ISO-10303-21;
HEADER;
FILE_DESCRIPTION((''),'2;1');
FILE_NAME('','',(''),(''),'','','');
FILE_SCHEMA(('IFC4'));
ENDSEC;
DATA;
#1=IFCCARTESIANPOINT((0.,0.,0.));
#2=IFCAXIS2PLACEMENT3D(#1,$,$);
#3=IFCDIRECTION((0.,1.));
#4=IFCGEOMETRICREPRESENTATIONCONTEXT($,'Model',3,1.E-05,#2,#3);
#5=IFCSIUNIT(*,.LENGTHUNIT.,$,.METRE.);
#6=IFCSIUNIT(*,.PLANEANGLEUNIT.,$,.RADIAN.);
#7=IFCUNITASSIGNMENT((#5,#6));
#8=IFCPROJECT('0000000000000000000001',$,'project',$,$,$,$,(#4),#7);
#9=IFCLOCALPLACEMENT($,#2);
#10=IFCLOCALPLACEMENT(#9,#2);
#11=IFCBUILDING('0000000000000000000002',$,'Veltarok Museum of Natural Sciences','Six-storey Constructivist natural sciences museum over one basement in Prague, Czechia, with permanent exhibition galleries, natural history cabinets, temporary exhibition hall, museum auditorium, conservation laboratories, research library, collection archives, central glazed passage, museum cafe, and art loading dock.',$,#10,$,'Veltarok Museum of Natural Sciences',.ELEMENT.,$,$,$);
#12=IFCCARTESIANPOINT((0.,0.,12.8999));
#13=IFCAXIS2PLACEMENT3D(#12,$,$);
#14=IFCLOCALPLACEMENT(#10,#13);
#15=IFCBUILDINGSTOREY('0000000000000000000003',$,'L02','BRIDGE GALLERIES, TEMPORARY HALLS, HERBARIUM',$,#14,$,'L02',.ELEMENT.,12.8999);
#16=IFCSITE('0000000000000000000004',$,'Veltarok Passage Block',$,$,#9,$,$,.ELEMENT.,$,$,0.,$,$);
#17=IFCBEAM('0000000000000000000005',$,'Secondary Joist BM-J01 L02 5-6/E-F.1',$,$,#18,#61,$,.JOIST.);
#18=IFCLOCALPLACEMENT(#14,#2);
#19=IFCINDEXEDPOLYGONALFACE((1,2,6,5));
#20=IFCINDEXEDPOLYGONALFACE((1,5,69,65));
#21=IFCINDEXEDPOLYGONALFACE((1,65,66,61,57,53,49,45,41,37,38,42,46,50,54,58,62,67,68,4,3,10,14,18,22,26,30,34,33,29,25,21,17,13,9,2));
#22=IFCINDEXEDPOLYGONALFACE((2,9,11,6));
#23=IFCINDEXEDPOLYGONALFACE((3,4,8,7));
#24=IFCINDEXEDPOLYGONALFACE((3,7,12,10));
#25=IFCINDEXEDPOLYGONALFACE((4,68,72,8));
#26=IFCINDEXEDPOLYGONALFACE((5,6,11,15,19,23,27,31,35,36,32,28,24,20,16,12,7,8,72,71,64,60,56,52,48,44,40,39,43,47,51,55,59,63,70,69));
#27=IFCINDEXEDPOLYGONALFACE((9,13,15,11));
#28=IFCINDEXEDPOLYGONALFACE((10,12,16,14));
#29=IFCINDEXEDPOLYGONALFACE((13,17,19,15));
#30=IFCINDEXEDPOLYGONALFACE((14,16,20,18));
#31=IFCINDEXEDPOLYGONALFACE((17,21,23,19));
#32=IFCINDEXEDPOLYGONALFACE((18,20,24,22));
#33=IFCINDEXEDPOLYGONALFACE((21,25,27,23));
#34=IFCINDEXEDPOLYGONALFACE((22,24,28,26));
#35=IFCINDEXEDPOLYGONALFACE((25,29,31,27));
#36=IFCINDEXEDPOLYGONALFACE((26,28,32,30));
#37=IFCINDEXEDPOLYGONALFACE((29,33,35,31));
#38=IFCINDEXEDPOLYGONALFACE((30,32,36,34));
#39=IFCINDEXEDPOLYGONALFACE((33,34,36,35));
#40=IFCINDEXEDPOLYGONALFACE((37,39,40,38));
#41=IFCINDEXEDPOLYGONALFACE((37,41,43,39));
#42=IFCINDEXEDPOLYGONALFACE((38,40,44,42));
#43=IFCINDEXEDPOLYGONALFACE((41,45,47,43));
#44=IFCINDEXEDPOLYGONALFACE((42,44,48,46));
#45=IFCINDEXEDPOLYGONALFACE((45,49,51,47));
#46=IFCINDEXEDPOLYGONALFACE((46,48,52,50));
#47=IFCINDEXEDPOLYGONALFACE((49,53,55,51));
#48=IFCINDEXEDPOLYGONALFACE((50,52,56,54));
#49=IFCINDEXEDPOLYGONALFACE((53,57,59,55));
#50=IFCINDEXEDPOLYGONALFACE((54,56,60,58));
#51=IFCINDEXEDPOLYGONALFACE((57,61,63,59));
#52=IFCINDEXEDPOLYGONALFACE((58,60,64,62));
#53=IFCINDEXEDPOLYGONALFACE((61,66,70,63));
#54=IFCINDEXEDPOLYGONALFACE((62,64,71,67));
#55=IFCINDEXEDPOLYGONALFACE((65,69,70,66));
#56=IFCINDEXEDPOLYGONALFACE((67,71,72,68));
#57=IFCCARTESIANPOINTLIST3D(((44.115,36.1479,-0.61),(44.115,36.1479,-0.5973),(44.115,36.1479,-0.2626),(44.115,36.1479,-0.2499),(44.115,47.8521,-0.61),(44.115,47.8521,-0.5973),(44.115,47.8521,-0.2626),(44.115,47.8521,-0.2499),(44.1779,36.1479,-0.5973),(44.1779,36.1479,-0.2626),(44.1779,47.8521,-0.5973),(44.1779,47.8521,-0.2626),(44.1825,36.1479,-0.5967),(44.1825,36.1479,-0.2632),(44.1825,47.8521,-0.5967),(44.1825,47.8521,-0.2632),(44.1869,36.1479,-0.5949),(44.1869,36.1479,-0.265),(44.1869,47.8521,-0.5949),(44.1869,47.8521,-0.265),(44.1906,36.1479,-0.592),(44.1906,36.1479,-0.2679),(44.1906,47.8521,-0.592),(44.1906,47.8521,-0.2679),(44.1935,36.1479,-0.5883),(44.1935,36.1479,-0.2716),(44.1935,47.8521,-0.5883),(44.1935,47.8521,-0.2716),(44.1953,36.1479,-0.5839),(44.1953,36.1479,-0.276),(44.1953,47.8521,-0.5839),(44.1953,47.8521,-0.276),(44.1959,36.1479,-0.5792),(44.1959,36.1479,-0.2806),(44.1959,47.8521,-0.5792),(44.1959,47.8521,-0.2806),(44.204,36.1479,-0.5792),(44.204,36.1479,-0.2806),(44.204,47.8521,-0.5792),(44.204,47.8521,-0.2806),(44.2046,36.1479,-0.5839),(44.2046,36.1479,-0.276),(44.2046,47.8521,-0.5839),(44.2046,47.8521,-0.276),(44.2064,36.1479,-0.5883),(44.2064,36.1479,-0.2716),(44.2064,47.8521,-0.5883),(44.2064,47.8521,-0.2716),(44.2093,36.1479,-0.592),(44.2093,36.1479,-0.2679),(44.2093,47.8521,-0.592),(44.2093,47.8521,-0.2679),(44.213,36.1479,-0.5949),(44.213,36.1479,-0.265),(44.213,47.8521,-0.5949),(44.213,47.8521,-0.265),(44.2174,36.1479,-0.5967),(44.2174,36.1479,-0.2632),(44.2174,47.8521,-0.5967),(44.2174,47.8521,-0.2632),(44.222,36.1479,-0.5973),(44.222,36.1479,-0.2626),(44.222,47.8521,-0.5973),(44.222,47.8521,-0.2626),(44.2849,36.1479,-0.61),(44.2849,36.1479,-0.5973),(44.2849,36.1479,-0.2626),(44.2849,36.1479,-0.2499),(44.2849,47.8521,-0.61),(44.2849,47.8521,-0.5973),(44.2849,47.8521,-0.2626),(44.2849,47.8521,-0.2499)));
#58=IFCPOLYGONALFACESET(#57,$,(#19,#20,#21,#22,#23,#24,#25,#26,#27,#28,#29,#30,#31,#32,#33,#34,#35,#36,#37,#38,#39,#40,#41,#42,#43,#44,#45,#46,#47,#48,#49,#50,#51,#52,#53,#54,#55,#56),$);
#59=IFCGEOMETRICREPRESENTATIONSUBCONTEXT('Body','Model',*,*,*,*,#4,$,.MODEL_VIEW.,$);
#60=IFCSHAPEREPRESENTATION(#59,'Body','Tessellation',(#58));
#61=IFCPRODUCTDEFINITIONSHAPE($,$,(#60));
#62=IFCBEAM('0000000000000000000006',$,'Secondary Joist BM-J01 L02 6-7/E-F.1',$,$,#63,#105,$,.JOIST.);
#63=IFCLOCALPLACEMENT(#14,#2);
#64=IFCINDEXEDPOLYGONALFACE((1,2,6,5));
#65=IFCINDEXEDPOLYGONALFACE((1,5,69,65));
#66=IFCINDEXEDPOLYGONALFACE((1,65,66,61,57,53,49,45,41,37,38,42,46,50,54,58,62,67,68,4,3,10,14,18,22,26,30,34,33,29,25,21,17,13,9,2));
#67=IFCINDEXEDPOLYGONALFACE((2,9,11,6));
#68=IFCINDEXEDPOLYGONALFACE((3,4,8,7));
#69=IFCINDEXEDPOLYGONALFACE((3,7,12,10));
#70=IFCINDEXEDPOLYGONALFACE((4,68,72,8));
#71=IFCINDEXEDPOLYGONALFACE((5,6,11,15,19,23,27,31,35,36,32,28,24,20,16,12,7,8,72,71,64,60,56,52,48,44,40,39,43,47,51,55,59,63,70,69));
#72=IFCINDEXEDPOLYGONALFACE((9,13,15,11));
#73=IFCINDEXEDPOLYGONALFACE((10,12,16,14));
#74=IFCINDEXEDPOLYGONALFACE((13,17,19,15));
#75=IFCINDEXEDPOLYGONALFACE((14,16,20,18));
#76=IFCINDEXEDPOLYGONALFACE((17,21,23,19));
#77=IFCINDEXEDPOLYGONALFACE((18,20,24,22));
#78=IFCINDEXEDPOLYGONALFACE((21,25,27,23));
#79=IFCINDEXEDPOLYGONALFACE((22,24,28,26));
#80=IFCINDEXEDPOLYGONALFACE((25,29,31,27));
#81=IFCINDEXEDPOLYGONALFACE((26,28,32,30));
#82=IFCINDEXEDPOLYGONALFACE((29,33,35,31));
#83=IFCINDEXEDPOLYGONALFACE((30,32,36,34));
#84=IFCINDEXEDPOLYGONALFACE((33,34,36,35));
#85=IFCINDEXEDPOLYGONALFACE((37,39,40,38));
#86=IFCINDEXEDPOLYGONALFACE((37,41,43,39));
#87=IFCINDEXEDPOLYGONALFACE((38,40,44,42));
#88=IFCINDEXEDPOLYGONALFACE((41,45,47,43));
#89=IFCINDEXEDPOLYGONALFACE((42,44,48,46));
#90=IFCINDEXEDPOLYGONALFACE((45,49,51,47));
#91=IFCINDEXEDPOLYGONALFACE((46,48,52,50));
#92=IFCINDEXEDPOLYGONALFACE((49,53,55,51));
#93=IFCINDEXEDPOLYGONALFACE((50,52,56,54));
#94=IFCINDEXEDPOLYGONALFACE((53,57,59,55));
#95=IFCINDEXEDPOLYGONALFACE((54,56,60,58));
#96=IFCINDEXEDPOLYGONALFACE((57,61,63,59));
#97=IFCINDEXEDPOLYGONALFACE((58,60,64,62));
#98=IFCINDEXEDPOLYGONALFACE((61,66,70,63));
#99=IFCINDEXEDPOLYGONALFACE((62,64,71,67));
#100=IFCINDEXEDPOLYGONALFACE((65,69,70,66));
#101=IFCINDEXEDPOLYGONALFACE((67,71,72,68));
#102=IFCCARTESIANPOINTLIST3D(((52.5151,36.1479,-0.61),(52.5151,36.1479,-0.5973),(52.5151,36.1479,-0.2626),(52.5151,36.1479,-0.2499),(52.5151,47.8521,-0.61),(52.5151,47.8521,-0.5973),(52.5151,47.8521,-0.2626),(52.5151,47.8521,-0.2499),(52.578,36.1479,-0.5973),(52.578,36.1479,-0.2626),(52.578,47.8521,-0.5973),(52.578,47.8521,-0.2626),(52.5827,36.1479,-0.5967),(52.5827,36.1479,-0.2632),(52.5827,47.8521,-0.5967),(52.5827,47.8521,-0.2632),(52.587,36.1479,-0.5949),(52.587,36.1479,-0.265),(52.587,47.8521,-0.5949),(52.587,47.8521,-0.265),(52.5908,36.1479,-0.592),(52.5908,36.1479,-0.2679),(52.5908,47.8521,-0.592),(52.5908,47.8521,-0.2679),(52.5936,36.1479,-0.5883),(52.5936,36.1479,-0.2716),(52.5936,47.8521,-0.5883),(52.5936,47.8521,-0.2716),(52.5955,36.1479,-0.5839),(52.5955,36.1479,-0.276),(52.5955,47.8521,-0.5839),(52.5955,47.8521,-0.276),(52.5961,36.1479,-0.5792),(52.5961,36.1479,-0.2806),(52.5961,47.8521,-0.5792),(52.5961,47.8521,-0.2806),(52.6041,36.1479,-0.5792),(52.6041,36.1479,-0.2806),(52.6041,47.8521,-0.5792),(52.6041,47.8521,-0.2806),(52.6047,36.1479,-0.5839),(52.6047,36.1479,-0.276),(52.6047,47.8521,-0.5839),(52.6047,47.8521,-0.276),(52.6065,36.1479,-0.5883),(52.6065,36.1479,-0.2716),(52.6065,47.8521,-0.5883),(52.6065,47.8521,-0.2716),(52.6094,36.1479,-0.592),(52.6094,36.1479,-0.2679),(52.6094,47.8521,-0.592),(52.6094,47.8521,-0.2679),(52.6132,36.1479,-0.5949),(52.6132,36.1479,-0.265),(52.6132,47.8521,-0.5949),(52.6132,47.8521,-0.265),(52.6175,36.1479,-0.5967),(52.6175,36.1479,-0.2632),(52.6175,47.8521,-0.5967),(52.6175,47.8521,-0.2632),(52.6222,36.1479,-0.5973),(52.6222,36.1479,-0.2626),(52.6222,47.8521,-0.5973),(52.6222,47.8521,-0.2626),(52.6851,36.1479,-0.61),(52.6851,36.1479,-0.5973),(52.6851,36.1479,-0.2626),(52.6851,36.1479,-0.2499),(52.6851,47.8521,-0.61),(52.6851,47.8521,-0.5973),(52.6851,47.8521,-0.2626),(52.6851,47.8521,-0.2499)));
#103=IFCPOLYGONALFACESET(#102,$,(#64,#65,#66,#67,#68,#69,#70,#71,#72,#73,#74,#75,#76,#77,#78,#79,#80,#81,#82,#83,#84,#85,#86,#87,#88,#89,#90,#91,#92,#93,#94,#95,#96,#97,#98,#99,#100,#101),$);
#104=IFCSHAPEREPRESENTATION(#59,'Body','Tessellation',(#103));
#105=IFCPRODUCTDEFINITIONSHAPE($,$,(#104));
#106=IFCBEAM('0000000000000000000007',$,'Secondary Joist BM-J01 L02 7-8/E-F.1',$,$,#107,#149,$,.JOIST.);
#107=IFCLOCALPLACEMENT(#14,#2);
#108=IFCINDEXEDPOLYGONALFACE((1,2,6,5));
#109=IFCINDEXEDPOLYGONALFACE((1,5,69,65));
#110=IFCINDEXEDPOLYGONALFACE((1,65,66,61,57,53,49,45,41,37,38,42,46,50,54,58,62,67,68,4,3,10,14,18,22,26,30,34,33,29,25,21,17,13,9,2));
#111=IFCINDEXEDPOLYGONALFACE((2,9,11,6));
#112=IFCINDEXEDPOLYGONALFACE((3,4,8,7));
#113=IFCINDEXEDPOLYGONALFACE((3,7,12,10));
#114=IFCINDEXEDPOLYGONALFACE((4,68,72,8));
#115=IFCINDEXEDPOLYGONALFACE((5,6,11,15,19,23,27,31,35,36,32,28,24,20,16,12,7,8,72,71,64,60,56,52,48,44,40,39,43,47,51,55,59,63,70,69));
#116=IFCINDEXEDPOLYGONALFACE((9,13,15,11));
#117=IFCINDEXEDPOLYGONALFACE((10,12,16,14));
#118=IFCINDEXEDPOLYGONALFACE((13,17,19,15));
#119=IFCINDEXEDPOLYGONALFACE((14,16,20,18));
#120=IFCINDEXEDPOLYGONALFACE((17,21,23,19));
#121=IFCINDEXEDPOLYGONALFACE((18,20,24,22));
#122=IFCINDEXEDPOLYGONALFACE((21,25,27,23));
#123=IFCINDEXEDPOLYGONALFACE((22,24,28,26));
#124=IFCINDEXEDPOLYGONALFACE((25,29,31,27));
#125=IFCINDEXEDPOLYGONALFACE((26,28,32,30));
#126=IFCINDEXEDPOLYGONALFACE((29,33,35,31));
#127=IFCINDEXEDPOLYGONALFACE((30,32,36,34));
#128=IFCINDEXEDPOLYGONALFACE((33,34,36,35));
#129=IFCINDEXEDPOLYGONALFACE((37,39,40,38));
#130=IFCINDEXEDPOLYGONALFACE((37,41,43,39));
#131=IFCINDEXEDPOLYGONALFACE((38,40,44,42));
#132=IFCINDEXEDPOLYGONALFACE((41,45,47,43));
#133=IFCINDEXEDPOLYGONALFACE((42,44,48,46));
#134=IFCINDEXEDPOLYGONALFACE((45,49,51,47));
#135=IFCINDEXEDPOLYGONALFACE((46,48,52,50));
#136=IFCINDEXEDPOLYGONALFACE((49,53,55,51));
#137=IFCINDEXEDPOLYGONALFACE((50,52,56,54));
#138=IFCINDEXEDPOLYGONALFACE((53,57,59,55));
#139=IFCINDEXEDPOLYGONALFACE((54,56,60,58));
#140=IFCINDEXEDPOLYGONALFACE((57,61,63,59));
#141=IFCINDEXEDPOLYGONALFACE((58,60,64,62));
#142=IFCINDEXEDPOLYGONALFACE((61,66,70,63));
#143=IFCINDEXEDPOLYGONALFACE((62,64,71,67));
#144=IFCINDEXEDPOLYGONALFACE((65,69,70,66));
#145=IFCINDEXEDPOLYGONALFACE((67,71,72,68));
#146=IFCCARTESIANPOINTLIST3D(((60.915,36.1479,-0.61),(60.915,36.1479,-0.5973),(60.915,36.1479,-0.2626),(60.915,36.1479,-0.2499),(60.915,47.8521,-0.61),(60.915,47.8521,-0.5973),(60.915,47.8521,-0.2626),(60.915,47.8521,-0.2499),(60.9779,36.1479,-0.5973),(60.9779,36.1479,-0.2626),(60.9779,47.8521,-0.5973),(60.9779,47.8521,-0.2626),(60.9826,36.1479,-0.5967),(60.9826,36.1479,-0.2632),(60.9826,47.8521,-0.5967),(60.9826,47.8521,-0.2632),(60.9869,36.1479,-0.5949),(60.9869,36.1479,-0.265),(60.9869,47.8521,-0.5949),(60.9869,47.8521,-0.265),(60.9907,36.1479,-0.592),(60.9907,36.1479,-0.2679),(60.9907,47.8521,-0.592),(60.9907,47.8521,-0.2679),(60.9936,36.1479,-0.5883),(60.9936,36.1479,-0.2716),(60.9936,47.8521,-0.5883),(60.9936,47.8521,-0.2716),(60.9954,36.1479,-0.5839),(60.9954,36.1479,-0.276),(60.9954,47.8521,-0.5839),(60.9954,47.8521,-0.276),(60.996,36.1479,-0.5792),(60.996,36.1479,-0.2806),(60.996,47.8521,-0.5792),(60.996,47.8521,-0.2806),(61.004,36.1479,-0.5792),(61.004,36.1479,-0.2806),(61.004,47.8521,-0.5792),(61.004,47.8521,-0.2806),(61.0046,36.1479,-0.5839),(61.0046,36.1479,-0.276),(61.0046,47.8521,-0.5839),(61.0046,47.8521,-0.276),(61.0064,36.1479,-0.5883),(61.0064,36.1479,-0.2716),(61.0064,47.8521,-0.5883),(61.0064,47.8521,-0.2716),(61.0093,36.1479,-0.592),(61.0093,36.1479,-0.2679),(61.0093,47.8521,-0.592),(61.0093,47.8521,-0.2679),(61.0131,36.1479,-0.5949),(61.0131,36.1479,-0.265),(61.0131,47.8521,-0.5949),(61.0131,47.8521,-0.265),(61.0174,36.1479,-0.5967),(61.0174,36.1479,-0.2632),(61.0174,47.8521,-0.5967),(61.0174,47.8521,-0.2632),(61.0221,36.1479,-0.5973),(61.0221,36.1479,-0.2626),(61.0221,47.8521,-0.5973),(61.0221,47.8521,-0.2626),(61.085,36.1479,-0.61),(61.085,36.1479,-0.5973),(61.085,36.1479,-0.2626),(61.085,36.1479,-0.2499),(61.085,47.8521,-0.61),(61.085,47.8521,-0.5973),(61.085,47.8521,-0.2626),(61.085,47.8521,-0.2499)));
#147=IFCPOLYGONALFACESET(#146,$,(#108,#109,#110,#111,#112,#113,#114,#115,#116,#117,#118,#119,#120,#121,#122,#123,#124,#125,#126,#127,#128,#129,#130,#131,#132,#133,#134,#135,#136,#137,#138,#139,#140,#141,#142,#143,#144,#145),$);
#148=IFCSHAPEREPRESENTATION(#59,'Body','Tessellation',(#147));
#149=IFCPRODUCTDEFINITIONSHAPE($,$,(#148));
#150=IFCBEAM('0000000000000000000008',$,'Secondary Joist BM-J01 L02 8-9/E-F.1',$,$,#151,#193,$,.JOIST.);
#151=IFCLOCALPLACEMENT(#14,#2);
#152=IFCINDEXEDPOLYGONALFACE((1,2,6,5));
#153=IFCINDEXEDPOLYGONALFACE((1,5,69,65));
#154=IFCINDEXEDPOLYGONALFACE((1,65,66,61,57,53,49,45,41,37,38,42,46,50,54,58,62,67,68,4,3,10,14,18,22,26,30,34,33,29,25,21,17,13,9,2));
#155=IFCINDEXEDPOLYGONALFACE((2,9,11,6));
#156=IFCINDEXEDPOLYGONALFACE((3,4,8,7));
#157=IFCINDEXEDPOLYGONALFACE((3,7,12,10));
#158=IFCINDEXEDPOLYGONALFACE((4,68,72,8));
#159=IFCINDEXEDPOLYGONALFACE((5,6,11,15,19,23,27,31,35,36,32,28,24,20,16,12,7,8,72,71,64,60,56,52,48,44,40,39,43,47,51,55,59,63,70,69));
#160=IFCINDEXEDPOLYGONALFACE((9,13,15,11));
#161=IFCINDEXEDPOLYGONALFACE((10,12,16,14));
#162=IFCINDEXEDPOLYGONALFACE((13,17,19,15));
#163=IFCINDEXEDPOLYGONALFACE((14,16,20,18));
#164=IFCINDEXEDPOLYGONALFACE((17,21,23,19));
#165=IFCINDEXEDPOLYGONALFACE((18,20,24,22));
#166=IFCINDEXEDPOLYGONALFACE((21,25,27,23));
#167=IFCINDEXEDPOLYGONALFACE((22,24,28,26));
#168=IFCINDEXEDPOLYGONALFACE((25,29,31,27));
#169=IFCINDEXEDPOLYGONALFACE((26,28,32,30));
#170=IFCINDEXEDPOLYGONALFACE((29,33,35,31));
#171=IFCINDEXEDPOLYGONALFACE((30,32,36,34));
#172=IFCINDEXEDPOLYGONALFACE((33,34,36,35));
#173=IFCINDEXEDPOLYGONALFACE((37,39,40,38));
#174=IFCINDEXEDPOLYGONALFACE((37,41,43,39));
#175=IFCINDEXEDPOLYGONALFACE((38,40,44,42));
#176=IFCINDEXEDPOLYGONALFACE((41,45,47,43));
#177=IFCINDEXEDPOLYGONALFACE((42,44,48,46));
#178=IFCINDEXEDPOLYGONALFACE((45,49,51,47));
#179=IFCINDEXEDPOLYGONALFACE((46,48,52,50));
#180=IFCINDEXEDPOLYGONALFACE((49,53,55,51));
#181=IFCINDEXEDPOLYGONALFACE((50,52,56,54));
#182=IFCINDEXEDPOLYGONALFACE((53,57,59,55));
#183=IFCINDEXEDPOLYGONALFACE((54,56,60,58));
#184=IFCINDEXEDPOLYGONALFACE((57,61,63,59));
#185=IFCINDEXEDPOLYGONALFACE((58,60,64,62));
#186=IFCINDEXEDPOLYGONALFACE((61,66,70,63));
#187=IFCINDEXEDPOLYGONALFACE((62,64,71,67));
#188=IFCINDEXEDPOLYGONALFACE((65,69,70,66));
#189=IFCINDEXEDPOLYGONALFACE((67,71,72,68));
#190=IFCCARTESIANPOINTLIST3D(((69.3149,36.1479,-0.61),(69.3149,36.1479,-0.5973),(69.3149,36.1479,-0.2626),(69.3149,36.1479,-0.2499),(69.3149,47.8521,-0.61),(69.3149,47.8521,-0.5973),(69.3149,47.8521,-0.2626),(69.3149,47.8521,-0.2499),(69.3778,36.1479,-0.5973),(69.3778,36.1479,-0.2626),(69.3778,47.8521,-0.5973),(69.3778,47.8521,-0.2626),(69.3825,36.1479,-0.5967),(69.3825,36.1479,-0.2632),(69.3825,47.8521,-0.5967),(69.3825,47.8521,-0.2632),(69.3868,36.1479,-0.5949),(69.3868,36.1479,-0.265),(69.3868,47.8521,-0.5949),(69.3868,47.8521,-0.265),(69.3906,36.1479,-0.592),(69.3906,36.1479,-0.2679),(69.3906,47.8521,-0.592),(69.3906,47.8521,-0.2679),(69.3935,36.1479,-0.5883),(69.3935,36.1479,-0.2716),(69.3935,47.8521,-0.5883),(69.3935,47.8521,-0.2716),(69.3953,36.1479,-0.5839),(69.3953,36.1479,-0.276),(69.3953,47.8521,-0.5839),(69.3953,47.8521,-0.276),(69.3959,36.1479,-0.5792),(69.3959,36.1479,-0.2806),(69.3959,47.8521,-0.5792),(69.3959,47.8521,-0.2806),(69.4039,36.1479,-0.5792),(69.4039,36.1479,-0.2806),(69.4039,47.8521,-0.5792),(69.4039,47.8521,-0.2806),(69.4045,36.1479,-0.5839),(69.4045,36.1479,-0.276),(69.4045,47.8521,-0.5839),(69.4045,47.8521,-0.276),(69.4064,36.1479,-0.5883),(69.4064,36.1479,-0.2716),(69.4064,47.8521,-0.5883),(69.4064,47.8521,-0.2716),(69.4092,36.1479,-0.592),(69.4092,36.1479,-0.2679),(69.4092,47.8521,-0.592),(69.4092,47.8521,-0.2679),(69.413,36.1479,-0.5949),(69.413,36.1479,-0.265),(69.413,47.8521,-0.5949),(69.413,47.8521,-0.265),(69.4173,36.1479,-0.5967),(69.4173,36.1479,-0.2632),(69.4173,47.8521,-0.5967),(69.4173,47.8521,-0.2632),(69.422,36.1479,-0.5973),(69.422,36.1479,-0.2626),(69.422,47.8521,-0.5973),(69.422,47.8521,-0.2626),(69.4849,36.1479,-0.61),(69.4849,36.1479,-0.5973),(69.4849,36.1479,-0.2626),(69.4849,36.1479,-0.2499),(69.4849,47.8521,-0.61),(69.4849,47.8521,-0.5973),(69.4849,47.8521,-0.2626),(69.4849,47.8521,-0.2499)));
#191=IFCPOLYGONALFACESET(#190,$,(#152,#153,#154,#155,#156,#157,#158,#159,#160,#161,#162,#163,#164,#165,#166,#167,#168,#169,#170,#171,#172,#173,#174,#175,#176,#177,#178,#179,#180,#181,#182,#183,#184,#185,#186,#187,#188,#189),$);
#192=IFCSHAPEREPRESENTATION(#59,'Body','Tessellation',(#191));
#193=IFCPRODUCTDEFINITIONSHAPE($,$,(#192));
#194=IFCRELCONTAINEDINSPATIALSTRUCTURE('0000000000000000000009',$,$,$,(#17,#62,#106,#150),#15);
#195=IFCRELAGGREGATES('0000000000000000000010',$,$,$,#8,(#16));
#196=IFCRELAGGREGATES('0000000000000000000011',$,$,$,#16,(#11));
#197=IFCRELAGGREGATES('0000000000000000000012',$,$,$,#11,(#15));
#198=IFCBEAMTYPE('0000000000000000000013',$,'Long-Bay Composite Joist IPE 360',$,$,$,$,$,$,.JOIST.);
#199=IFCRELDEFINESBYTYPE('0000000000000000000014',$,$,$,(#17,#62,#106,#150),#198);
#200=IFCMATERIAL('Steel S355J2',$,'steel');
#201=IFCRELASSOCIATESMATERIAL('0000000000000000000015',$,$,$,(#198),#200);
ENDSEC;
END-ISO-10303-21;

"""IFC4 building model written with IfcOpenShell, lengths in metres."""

from ifc_helpers import new_model, si_unit, direction, frame, origin, origin_2d, place, context, subcontext, project, spatial, i_section, extrude, material, material_profile, profile_set, type_object, element, save


model = new_model("IFC4")

# Units and contexts
model_context = context("Model", 3, precision=1e-05, world=origin(), true_north=direction((0.0, 1.0)))
body_context = subcontext(model_context, "Body", "Model", "MODEL_VIEW")
ifc_project = project(units=[si_unit("LENGTHUNIT", "METRE"), si_unit("PLANEANGLEUNIT", "RADIAN")], contexts=[model_context])

# Site, building, storey
site_placement = place(None, origin())
site = spatial("IfcSite", under=ifc_project, at=site_placement, Name="Veltarok Passage Block", CompositionType="ELEMENT", RefElevation=0.0)
building_placement = place(site_placement, origin())
building = spatial("IfcBuilding", under=site, at=building_placement, Name="Veltarok Museum of Natural Sciences", Description="Six-storey Constructivist natural sciences museum over one basement in Prague, Czechia, with permanent exhibition galleries, natural history cabinets, temporary exhibition hall, museum auditorium, conservation laboratories, research library, collection archives, central glazed passage, museum cafe, and art loading dock.", LongName="Veltarok Museum of Natural Sciences", CompositionType="ELEMENT")
storey_placement = place(building_placement, frame((0.0, 0.0, 12.8999)))
storey = spatial("IfcBuildingStorey", under=building, at=storey_placement, Name="L02", Description="BRIDGE GALLERIES, TEMPORARY HALLS, HERBARIUM", LongName="L02", CompositionType="ELEMENT", Elevation=12.8999)

# Shared definitions
ifc_material_1 = material(Name="Steel S355J2", Category="steel")

# Beams
ifc_material_profile_1 = material_profile(ifc_material_1, i_section(OverallWidth=0.1699, OverallDepth=0.3601, WebThickness=0.0081, FlangeThickness=0.0127, FilletRadius=0.0181, at=origin_2d()), Name="IPE 360")
ifc_profile_set_1 = profile_set([ifc_material_profile_1], Name="Steel S355J2")
beam_type_1 = type_object("IfcBeamType", Name="Long-Bay Composite Joist IPE 360", PredefinedType="JOIST", material=ifc_profile_set_1)
for number, where, z_axis, x_axis, name in (
    (1, (44.2, 36.1479, -0.4299), (0.0, 1.0, 0.0), (-1.0, 0.0, 0.0), "Secondary Joist BM-J01 L02 5-6/E-F.1"),
    (2, (52.6001, 36.1479, -0.4299), (0.0, 1.0, 0.0), (-1.0, 0.0, 0.0), "Secondary Joist BM-J01 L02 6-7/E-F.1"),
    (3, (61.0, 36.1479, -0.4299), (0.0, 1.0, 0.0), (-1.0, 0.0, 0.0), "Secondary Joist BM-J01 L02 7-8/E-F.1"),
    (4, (69.3999, 36.1479, -0.4299), (0.0, 1.0, 0.0), (-1.0, 0.0, 0.0), "Secondary Joist BM-J01 L02 8-9/E-F.1"),
):
    element("IfcBeam", number, at=place(storey_placement, frame(where, z_axis=z_axis, x_axis=x_axis)), inside=storey, type_object=beam_type_1, Name=name, PredefinedType="JOIST", context=body_context, shape_type="SweptSolid", body=[
        extrude(i_section(OverallWidth=0.1699, OverallDepth=0.3601, WebThickness=0.0081, FlangeThickness=0.0127, FilletRadius=0.0181, at=origin_2d()), origin(), (0.0, 0.0, 1.0), 11.7041),
    ])

save(model, "model.ifc")
